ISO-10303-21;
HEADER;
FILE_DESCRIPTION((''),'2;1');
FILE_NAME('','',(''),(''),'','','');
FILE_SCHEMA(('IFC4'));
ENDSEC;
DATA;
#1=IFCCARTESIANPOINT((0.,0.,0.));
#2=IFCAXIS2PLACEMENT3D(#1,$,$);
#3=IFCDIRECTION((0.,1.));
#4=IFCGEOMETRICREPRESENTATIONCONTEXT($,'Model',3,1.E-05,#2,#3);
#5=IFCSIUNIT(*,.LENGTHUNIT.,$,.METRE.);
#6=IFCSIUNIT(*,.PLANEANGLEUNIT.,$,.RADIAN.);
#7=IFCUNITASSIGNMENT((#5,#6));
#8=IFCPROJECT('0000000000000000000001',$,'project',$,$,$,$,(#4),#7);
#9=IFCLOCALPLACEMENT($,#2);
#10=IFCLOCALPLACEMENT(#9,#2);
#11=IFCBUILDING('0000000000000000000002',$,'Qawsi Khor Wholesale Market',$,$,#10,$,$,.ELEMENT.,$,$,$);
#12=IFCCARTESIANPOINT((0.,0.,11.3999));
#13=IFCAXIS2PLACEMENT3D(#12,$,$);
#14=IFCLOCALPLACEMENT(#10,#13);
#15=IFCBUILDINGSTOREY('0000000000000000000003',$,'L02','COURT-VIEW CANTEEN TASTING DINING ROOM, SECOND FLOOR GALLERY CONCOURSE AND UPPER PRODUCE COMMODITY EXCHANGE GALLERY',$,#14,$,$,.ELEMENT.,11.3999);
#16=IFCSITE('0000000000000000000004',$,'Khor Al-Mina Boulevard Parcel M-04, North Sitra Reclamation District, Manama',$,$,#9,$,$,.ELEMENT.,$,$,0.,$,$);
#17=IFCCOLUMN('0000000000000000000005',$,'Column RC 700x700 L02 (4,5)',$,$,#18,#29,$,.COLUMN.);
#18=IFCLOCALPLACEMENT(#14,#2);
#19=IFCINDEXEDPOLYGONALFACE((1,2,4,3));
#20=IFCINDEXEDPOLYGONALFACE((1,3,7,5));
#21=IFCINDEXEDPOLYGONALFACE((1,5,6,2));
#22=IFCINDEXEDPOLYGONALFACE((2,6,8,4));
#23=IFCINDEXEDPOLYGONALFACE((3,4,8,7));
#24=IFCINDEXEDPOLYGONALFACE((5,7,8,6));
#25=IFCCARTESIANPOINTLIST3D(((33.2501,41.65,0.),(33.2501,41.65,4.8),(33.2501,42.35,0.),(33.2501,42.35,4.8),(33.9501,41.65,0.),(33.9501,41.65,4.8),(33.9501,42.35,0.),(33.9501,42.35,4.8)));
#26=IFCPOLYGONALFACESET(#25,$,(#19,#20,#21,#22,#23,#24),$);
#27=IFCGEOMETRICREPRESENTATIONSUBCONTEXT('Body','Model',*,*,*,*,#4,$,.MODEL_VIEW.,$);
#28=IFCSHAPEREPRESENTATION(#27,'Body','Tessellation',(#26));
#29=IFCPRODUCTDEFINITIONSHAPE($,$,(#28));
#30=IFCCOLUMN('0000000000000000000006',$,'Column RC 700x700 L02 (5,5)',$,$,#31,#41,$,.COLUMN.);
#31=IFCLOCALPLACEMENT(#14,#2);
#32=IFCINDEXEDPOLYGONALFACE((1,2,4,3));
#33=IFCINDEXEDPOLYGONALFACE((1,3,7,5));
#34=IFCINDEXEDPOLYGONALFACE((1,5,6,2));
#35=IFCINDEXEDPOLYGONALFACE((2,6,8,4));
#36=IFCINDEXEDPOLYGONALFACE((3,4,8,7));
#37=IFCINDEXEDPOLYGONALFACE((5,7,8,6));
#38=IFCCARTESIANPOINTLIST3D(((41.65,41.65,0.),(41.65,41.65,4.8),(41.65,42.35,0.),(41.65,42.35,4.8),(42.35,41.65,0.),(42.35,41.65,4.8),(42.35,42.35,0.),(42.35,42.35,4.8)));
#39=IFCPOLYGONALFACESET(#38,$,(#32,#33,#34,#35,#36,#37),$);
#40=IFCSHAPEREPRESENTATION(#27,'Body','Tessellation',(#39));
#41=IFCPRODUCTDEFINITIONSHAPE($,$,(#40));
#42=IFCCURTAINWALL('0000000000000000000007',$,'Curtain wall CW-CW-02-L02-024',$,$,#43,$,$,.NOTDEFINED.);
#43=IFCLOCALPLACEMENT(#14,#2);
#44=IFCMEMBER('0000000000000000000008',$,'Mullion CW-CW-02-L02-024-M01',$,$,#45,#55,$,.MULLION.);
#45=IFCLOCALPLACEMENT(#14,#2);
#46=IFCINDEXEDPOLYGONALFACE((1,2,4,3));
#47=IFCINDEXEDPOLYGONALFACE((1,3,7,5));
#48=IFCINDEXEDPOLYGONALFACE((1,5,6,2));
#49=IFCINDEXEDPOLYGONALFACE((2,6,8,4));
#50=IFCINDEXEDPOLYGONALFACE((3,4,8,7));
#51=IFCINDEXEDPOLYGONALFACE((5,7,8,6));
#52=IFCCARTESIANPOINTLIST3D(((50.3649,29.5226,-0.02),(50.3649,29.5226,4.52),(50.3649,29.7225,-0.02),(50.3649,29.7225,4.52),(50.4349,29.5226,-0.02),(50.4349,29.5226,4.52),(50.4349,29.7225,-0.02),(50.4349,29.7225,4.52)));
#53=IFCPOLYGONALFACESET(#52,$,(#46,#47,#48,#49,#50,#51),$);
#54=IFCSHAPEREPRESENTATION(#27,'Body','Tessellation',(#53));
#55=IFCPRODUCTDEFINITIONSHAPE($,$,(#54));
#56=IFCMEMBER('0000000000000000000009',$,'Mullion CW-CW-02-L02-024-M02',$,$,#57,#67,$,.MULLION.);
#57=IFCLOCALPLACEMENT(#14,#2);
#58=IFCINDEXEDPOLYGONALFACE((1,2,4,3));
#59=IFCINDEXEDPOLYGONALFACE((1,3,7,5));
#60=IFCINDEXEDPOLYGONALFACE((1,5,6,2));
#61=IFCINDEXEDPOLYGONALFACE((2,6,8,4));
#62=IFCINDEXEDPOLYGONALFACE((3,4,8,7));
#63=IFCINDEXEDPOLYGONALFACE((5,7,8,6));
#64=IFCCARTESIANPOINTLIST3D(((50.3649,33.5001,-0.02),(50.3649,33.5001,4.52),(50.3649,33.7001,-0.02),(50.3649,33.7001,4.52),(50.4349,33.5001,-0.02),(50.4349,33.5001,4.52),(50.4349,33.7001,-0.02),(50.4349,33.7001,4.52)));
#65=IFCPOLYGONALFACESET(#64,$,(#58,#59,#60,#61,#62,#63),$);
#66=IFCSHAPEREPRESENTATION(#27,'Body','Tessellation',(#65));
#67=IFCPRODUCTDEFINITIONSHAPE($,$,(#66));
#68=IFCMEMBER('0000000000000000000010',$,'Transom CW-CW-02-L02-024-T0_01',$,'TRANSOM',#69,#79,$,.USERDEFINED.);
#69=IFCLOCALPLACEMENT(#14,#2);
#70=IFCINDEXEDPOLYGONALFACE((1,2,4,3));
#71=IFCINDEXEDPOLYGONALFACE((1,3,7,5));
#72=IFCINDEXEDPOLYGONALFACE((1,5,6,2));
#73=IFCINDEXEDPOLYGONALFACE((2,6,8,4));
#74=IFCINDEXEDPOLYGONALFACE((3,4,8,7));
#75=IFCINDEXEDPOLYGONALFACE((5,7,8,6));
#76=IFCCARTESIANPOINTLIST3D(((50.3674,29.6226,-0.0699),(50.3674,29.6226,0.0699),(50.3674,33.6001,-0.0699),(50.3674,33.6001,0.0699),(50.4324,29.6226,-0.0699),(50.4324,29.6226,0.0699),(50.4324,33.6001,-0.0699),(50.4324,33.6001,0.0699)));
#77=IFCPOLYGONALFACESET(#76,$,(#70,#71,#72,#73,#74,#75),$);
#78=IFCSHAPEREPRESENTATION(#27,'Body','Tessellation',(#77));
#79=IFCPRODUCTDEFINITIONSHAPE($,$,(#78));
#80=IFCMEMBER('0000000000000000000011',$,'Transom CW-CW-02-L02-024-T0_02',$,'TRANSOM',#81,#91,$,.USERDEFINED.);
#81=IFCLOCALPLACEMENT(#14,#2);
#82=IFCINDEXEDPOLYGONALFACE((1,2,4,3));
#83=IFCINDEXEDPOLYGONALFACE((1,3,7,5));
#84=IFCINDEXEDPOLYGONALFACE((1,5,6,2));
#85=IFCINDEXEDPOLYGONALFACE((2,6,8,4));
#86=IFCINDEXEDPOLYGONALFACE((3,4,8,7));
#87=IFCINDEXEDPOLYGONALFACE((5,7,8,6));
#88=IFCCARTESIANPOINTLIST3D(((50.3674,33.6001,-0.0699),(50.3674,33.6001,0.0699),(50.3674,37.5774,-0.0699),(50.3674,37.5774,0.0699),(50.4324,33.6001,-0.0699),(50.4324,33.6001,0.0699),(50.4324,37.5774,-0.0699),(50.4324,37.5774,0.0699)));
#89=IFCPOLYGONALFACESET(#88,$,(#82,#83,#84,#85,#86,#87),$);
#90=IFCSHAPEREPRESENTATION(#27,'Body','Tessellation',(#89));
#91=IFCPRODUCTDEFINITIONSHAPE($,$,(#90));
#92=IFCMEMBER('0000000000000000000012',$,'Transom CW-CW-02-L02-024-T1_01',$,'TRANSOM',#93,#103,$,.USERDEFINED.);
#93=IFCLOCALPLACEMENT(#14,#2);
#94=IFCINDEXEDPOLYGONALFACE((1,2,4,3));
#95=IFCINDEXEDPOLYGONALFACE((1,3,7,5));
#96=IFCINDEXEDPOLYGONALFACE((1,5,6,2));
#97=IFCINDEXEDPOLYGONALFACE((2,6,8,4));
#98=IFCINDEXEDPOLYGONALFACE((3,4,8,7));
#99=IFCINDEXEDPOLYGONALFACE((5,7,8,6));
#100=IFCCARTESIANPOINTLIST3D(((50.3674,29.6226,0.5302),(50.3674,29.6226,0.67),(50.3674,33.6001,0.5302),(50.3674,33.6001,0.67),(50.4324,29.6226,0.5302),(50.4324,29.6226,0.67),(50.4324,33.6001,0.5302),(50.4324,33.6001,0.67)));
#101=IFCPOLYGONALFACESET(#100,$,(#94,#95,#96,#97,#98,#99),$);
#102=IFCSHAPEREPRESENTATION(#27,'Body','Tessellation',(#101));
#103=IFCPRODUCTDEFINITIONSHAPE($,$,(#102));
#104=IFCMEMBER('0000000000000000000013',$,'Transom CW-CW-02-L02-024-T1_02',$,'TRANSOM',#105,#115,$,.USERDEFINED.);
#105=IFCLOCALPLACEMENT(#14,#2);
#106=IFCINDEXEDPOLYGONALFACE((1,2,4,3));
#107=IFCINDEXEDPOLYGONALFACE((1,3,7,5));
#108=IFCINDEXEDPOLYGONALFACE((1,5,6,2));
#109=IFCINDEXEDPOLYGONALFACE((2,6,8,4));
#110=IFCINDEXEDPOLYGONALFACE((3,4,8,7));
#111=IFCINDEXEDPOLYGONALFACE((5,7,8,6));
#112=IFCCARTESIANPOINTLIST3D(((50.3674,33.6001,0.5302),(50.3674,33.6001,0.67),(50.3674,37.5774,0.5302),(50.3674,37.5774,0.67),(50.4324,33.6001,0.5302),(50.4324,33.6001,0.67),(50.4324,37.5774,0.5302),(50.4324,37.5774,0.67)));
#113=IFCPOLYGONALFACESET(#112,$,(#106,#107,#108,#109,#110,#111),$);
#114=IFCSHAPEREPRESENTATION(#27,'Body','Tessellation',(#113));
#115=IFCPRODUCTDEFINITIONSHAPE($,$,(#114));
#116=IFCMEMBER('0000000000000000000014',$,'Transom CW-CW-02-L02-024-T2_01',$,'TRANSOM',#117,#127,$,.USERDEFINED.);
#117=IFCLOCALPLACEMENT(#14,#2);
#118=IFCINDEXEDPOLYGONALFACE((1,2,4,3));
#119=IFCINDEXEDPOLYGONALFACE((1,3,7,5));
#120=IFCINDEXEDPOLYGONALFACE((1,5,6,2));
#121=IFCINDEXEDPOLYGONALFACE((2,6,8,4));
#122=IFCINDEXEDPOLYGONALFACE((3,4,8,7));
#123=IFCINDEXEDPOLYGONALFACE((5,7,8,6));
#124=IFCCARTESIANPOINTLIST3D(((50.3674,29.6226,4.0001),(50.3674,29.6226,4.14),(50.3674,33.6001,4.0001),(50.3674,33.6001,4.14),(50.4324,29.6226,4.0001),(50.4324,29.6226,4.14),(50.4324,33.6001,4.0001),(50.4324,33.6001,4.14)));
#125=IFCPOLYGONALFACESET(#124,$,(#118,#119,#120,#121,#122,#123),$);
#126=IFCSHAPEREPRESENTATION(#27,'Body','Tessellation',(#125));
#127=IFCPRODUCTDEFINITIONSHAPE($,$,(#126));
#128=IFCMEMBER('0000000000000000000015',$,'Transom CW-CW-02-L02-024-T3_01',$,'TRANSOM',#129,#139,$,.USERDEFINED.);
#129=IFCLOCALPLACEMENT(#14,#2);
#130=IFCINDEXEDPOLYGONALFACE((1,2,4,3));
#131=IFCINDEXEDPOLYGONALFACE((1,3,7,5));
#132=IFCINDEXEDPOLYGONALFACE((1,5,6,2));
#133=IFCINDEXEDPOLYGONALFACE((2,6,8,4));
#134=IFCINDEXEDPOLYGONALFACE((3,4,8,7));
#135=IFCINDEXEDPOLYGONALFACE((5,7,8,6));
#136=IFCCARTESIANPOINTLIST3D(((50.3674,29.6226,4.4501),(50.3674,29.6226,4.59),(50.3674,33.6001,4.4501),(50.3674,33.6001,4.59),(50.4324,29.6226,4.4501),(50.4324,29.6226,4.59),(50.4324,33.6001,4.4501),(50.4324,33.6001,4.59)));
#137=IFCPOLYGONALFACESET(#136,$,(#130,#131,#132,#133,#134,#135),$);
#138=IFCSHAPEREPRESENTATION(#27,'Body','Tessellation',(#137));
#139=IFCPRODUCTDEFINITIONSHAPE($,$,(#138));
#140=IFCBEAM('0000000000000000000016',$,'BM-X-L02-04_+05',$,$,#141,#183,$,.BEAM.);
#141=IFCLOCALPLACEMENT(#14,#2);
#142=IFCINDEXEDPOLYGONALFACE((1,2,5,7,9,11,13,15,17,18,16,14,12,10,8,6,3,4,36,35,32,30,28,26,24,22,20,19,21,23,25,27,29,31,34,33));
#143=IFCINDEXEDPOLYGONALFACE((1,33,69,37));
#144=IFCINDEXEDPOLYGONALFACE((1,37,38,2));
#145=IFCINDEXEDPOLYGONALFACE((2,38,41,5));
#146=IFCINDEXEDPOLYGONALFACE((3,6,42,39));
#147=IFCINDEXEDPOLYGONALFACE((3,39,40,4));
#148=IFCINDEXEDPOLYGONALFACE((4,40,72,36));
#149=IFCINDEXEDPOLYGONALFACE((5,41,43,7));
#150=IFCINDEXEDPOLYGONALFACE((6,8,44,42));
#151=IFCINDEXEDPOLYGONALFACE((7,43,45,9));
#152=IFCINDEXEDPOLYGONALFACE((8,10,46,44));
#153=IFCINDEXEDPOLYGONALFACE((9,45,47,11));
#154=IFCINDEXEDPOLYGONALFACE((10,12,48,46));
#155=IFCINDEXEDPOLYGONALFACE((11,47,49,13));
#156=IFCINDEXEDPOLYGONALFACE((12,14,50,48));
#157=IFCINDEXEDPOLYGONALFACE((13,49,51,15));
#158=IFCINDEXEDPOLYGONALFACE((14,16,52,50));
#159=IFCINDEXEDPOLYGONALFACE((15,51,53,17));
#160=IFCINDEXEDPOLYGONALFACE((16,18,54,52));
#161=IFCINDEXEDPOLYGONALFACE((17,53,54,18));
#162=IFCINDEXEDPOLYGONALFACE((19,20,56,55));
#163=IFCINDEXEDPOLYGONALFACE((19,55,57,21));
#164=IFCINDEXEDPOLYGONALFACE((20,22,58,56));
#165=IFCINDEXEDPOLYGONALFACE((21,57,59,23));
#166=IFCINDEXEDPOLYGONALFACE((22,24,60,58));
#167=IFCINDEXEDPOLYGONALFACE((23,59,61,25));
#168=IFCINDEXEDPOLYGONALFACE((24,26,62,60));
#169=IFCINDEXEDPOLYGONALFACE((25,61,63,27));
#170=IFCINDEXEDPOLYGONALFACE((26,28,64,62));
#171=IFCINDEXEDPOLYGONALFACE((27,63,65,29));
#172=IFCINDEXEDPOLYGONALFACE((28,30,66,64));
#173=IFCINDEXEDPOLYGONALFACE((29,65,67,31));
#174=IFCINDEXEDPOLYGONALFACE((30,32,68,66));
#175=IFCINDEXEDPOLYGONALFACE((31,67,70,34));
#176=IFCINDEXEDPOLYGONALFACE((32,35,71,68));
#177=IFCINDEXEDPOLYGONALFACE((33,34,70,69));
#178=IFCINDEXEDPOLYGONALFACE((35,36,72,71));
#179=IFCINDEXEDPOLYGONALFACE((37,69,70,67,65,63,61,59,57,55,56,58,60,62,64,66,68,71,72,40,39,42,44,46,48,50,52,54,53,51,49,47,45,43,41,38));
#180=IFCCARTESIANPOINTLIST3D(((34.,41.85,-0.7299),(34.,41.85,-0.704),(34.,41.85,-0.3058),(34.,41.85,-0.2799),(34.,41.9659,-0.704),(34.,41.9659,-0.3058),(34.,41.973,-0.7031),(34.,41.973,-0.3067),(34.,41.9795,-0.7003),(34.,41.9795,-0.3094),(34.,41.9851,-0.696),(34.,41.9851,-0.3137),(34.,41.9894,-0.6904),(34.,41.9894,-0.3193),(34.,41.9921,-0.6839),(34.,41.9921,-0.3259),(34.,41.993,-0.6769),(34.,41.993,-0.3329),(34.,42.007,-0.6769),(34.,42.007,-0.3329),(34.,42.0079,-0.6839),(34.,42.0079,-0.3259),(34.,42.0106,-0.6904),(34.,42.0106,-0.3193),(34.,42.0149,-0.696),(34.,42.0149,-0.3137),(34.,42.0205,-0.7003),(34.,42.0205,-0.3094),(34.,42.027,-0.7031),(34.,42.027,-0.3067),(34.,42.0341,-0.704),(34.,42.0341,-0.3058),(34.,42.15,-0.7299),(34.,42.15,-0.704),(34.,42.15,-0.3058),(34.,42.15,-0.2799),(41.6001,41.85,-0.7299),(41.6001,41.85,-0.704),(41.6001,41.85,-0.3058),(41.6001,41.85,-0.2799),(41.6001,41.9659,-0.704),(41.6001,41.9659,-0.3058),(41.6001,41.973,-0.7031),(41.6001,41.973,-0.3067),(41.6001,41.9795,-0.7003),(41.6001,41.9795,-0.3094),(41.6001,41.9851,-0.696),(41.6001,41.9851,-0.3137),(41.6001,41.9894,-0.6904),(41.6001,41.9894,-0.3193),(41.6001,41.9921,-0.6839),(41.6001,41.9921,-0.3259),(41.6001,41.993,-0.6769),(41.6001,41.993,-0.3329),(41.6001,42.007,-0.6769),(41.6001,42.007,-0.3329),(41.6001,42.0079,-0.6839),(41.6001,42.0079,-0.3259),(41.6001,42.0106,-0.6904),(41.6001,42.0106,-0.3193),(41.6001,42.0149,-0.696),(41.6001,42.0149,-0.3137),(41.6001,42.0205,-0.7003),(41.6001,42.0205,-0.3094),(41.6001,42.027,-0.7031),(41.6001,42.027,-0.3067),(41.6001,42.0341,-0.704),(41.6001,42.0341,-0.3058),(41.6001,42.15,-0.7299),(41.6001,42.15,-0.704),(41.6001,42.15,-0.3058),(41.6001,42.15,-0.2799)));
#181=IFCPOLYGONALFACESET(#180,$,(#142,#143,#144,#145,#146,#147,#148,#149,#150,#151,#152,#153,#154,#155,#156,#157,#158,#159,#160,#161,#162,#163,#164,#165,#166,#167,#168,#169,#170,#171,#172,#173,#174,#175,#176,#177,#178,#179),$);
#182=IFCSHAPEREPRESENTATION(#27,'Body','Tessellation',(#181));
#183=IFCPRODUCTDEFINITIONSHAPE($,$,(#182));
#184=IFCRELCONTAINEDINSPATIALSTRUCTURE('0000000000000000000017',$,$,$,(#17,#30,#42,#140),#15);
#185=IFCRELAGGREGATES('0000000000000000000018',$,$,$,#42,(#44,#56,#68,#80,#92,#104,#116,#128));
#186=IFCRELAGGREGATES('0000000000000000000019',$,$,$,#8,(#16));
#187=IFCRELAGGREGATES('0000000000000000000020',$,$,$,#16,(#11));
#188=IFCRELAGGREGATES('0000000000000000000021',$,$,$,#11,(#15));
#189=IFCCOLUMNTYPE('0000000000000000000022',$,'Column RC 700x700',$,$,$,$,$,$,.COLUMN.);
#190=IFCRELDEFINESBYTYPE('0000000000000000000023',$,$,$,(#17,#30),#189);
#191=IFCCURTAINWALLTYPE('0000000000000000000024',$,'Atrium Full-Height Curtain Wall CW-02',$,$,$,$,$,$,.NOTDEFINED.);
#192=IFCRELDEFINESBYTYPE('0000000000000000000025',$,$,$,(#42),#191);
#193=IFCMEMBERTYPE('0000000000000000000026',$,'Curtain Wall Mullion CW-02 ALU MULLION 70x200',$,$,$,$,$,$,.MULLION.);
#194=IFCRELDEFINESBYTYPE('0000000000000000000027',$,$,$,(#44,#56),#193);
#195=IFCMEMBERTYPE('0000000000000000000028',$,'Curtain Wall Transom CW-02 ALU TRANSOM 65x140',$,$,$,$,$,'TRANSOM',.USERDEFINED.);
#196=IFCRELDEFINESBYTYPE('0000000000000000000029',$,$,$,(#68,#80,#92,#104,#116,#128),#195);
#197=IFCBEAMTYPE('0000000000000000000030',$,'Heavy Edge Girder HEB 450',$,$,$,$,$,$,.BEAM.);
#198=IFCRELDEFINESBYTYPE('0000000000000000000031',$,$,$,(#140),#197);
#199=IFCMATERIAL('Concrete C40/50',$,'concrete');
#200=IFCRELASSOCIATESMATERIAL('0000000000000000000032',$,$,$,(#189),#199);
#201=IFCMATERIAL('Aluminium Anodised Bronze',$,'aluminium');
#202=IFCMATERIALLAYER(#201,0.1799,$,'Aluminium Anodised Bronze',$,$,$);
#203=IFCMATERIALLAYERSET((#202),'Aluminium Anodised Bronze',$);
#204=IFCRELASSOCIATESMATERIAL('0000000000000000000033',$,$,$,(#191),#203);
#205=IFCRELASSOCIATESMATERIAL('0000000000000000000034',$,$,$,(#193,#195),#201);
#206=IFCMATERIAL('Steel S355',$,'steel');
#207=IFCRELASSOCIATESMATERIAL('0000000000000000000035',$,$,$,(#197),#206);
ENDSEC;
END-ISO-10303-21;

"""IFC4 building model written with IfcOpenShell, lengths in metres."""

from ifc_helpers import new_model, si_unit, direction, frame, origin, origin_2d, place, context, subcontext, project, spatial, rectangle, i_section, extrude, material, layer, layer_set, material_profile, profile_set, type_object, element, aggregate, save


model = new_model("IFC4")

# Units and contexts
model_context = context("Model", 3, precision=1e-05, world=origin(), true_north=direction((0.0, 1.0)))
body_context = subcontext(model_context, "Body", "Model", "MODEL_VIEW")
ifc_project = project(units=[si_unit("LENGTHUNIT", "METRE"), si_unit("PLANEANGLEUNIT", "RADIAN")], contexts=[model_context])

# Site, building, storey
site_placement = place(None, origin())
site = spatial("IfcSite", under=ifc_project, at=site_placement, Name="Khor Al-Mina Boulevard Parcel M-04, North Sitra Reclamation District, Manama", CompositionType="ELEMENT", RefElevation=0.0)
building_placement = place(site_placement, origin())
building = spatial("IfcBuilding", under=site, at=building_placement, Name="Qawsi Khor Wholesale Market", CompositionType="ELEMENT")
storey_placement = place(building_placement, frame((0.0, 0.0, 11.3999)))
storey = spatial("IfcBuildingStorey", under=building, at=storey_placement, Name="L02", Description="COURT-VIEW CANTEEN TASTING DINING ROOM, SECOND FLOOR GALLERY CONCOURSE AND UPPER PRODUCE COMMODITY EXCHANGE GALLERY", CompositionType="ELEMENT", Elevation=11.3999)

# Columns
ifc_material_1 = material(Name="Concrete C40/50", Category="concrete")
ifc_material_profile_1 = material_profile(ifc_material_1, rectangle(XDim=0.7, YDim=0.7, at=origin_2d()), Name="RC 700x700")
ifc_profile_set_1 = profile_set([ifc_material_profile_1], Name="Concrete C40/50")
column_type = type_object("IfcColumnType", Name="Column RC 700x700", PredefinedType="COLUMN", material=ifc_profile_set_1)
for number, where, z_axis, x_axis, name in (
    (1, (33.6001, 42.0, 0.0), (0.0, 0.0, 1.0), (1.0, 0.0, 0.0), "Column RC 700x700 L02 (4,5)"),
    (2, (42.0, 42.0, 0.0), (0.0, 0.0, 1.0), (1.0, 0.0, 0.0), "Column RC 700x700 L02 (5,5)"),
):
    element("IfcColumn", number, at=place(storey_placement, frame(where, z_axis=z_axis, x_axis=x_axis)), inside=storey, type_object=column_type, Name=name, PredefinedType="COLUMN", context=body_context, shape_type="SweptSolid", body=[
        extrude(rectangle(XDim=0.7, YDim=0.7, at=origin_2d()), origin(), (0.0, 0.0, 1.0), 4.8),
    ])

# Curtain wall, members
ifc_material_2 = material(Name="Aluminium Anodised Bronze", Category="aluminium")
ifc_layer_1 = layer(ifc_material_2, 0.1799, Name="Aluminium Anodised Bronze")
ifc_layer_set_1 = layer_set([ifc_layer_1], Name="Aluminium Anodised Bronze")
curtain_wall_type = type_object("IfcCurtainWallType", Name="Atrium Full-Height Curtain Wall CW-02", PredefinedType="NOTDEFINED", material=ifc_layer_set_1)
curtain_wall_placement = place(storey_placement, origin())
curtain_wall = element("IfcCurtainWall", 3, at=curtain_wall_placement, inside=storey, type_object=curtain_wall_type, Name="Curtain wall CW-CW-02-L02-024", PredefinedType="NOTDEFINED")
ifc_material_profile_2 = material_profile(ifc_material_2, rectangle(XDim=0.0701, YDim=0.2, at=origin_2d()), Name="ALU MULLION 70x200")
ifc_profile_set_2 = profile_set([ifc_material_profile_2], Name="Aluminium Anodised Bronze")
member_type_1 = type_object("IfcMemberType", Name="Curtain Wall Mullion CW-02 ALU MULLION 70x200", PredefinedType="MULLION", material=ifc_profile_set_2)
member_1_placement = place(storey_placement, frame((50.3999, 29.6226, -0.02), z_axis=(0.0, 0.0, 1.0), x_axis=(1.0, 0.0, 0.0)))
member_1 = element("IfcMember", 4, at=member_1_placement, type_object=member_type_1, Name="Mullion CW-CW-02-L02-024-M01", PredefinedType="MULLION", context=body_context, shape_type="SweptSolid", body=[
    extrude(rectangle(XDim=0.0701, YDim=0.2, at=origin_2d()), origin(), (0.0, 0.0, 1.0), 4.54),
])
member_2_placement = place(storey_placement, frame((50.3999, 33.6001, -0.02), z_axis=(0.0, 0.0, 1.0), x_axis=(1.0, 0.0, 0.0)))
member_2 = element("IfcMember", 5, at=member_2_placement, type_object=member_type_1, Name="Mullion CW-CW-02-L02-024-M02", PredefinedType="MULLION", context=body_context, shape_type="SweptSolid", body=[
    extrude(rectangle(XDim=0.0701, YDim=0.2, at=origin_2d()), origin(), (0.0, 0.0, 1.0), 4.54),
])
ifc_material_profile_3 = material_profile(ifc_material_2, rectangle(XDim=0.0649, YDim=0.1399, at=origin_2d()), Name="ALU TRANSOM 65x140")
ifc_profile_set_3 = profile_set([ifc_material_profile_3], Name="Aluminium Anodised Bronze")
member_type_2 = type_object("IfcMemberType", Name="Curtain Wall Transom CW-02 ALU TRANSOM 65x140", ElementType="TRANSOM", PredefinedType="USERDEFINED", material=ifc_profile_set_3)
member_3_placement = place(storey_placement, frame((50.3999, 29.6226, 0.0), z_axis=(0.0, 1.0, 0.0), x_axis=(-1.0, 0.0, 0.0)))
member_3 = element("IfcMember", 6, at=member_3_placement, type_object=member_type_2, Name="Transom CW-CW-02-L02-024-T0_01", ObjectType="TRANSOM", PredefinedType="USERDEFINED", context=body_context, shape_type="SweptSolid", body=[
    extrude(rectangle(XDim=0.0649, YDim=0.1399, at=origin_2d()), origin(), (0.0, 0.0, 1.0), 3.9775),
])
member_4_placement = place(storey_placement, frame((50.3999, 33.6001, 0.0), z_axis=(0.0, 1.0, 0.0), x_axis=(-1.0, 0.0, 0.0)))
member_4 = element("IfcMember", 7, at=member_4_placement, type_object=member_type_2, Name="Transom CW-CW-02-L02-024-T0_02", ObjectType="TRANSOM", PredefinedType="USERDEFINED", context=body_context, shape_type="SweptSolid", body=[
    extrude(rectangle(XDim=0.0649, YDim=0.1399, at=origin_2d()), origin(), (0.0, 0.0, 1.0), 3.9773),
])
member_5_placement = place(storey_placement, frame((50.3999, 29.6226, 0.6001), z_axis=(0.0, 1.0, 0.0), x_axis=(-1.0, 0.0, 0.0)))
member_5 = element("IfcMember", 8, at=member_5_placement, type_object=member_type_2, Name="Transom CW-CW-02-L02-024-T1_01", ObjectType="TRANSOM", PredefinedType="USERDEFINED", context=body_context, shape_type="SweptSolid", body=[
    extrude(rectangle(XDim=0.0649, YDim=0.1399, at=origin_2d()), origin(), (0.0, 0.0, 1.0), 3.9775),
])
member_6_placement = place(storey_placement, frame((50.3999, 33.6001, 0.6001), z_axis=(0.0, 1.0, 0.0), x_axis=(-1.0, 0.0, 0.0)))
member_6 = element("IfcMember", 9, at=member_6_placement, type_object=member_type_2, Name="Transom CW-CW-02-L02-024-T1_02", ObjectType="TRANSOM", PredefinedType="USERDEFINED", context=body_context, shape_type="SweptSolid", body=[
    extrude(rectangle(XDim=0.0649, YDim=0.1399, at=origin_2d()), origin(), (0.0, 0.0, 1.0), 3.9773),
])
member_7_placement = place(storey_placement, frame((50.3999, 29.6226, 4.0701), z_axis=(0.0, 1.0, 0.0), x_axis=(-1.0, 0.0, 0.0)))
member_7 = element("IfcMember", 10, at=member_7_placement, type_object=member_type_2, Name="Transom CW-CW-02-L02-024-T2_01", ObjectType="TRANSOM", PredefinedType="USERDEFINED", context=body_context, shape_type="SweptSolid", body=[
    extrude(rectangle(XDim=0.0649, YDim=0.1399, at=origin_2d()), origin(), (0.0, 0.0, 1.0), 3.9775),
])
member_8_placement = place(storey_placement, frame((50.3999, 29.6226, 4.52), z_axis=(0.0, 1.0, 0.0), x_axis=(-1.0, 0.0, 0.0)))
member_8 = element("IfcMember", 11, at=member_8_placement, type_object=member_type_2, Name="Transom CW-CW-02-L02-024-T3_01", ObjectType="TRANSOM", PredefinedType="USERDEFINED", context=body_context, shape_type="SweptSolid", body=[
    extrude(rectangle(XDim=0.0649, YDim=0.1399, at=origin_2d()), origin(), (0.0, 0.0, 1.0), 3.9775),
])

# Beam
ifc_material_3 = material(Name="Steel S355", Category="steel")
ifc_material_profile_4 = material_profile(ifc_material_3, i_section(OverallWidth=0.3, OverallDepth=0.45, WebThickness=0.0139, FlangeThickness=0.0259, FilletRadius=0.0271, at=origin_2d()), Name="HEB 450")
ifc_profile_set_4 = profile_set([ifc_material_profile_4], Name="Steel S355")
beam_type = type_object("IfcBeamType", Name="Heavy Edge Girder HEB 450", PredefinedType="BEAM", material=ifc_profile_set_4)
for number, where, z_axis, x_axis, name in (
    (12, (34.0, 42.0, -0.5049), (1.0, 0.0, 0.0), (0.0, 1.0, 0.0), "BM-X-L02-04_+05"),
):
    element("IfcBeam", number, at=place(storey_placement, frame(where, z_axis=z_axis, x_axis=x_axis)), inside=storey, type_object=beam_type, Name=name, PredefinedType="BEAM", context=body_context, shape_type="SweptSolid", body=[
        extrude(i_section(OverallWidth=0.3, OverallDepth=0.45, WebThickness=0.0139, FlangeThickness=0.0259, FilletRadius=0.0271, at=origin_2d()), origin(), (0.0, 0.0, 1.0), 7.6001),
    ])

aggregate(curtain_wall, [member_1, member_2, member_3, member_4, member_5, member_6, member_7, member_8])

save(model, "model.ifc")
